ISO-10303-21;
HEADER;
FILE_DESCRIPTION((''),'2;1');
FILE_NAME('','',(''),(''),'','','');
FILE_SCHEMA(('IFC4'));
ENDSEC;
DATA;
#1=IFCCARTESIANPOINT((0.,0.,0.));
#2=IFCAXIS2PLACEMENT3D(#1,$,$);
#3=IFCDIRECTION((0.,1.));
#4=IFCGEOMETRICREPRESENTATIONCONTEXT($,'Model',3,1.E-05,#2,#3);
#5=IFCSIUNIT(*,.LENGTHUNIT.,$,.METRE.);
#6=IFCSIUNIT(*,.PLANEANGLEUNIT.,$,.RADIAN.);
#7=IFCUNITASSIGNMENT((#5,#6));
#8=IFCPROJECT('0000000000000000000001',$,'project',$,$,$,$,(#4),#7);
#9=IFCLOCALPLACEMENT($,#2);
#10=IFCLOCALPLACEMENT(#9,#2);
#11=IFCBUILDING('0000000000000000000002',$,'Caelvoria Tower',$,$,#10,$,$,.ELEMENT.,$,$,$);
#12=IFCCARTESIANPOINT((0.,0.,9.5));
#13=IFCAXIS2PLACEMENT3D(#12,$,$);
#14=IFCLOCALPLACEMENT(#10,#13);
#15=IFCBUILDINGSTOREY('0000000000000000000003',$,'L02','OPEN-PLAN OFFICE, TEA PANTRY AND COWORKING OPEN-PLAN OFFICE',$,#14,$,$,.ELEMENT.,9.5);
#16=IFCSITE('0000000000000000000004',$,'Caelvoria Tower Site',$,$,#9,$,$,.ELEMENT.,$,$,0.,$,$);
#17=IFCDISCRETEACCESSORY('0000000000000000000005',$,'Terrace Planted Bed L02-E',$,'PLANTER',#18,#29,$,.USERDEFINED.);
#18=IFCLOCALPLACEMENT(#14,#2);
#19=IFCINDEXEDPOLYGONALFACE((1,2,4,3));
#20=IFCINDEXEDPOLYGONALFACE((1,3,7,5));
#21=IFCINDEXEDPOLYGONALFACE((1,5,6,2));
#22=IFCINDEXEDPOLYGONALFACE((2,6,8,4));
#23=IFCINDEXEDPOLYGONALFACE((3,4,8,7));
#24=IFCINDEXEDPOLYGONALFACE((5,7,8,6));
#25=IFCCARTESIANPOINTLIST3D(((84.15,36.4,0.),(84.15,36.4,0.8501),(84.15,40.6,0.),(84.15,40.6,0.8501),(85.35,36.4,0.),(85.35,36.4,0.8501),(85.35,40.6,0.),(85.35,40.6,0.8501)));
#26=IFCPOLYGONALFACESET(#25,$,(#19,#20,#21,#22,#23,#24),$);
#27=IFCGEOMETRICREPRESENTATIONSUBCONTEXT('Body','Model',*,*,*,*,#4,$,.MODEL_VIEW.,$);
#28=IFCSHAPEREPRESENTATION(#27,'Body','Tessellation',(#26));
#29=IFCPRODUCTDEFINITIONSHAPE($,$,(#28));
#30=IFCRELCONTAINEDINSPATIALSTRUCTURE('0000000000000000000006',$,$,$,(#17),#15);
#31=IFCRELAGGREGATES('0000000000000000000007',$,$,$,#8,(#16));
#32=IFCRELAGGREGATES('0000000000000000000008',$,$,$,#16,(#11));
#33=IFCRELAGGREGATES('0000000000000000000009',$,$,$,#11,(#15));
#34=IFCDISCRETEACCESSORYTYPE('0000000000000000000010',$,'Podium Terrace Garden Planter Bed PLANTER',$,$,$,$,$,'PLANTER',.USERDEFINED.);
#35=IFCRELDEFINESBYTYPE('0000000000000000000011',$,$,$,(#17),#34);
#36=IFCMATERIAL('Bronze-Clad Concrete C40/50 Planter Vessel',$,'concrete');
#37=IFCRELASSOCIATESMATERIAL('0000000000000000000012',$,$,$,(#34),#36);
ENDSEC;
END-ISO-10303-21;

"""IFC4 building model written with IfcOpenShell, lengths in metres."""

from ifc_helpers import new_model, si_unit, direction, frame, origin, origin_2d, place, context, subcontext, project, spatial, rectangle, extrude, material, type_object, element, save


model = new_model("IFC4")

# Units and contexts
model_context = context("Model", 3, precision=1e-05, world=origin(), true_north=direction((0.0, 1.0)))
body_context = subcontext(model_context, "Body", "Model", "MODEL_VIEW")
ifc_project = project(units=[si_unit("LENGTHUNIT", "METRE"), si_unit("PLANEANGLEUNIT", "RADIAN")], contexts=[model_context])

# Site, building, storey
site_placement = place(None, origin())
site = spatial("IfcSite", under=ifc_project, at=site_placement, Name="Caelvoria Tower Site", CompositionType="ELEMENT", RefElevation=0.0)
building_placement = place(site_placement, origin())
building = spatial("IfcBuilding", under=site, at=building_placement, Name="Caelvoria Tower", CompositionType="ELEMENT")
storey_placement = place(building_placement, frame((0.0, 0.0, 9.5)))
storey = spatial("IfcBuildingStorey", under=building, at=storey_placement, Name="L02", Description="OPEN-PLAN OFFICE, TEA PANTRY AND COWORKING OPEN-PLAN OFFICE", CompositionType="ELEMENT", Elevation=9.5)

# Discrete accessory
ifc_material_1 = material(Name="Bronze-Clad Concrete C40/50 Planter Vessel", Category="concrete")
discrete_accessory_type = type_object("IfcDiscreteAccessoryType", Name="Podium Terrace Garden Planter Bed PLANTER", ElementType="PLANTER", PredefinedType="USERDEFINED", material=ifc_material_1)
discrete_accessory_placement = place(storey_placement, frame((84.75, 38.5, 0.0), z_axis=(0.0, 0.0, 1.0), x_axis=(1.0, 0.0, 0.0)))
element("IfcDiscreteAccessory", 1, at=discrete_accessory_placement, inside=storey, type_object=discrete_accessory_type, Name="Terrace Planted Bed L02-E", ObjectType="PLANTER", PredefinedType="USERDEFINED", context=body_context, shape_type="SweptSolid", body=[
    extrude(rectangle(XDim=1.2, YDim=4.2, at=origin_2d()), origin(), (0.0, 0.0, 1.0), 0.8501),
])

save(model, "model.ifc")
